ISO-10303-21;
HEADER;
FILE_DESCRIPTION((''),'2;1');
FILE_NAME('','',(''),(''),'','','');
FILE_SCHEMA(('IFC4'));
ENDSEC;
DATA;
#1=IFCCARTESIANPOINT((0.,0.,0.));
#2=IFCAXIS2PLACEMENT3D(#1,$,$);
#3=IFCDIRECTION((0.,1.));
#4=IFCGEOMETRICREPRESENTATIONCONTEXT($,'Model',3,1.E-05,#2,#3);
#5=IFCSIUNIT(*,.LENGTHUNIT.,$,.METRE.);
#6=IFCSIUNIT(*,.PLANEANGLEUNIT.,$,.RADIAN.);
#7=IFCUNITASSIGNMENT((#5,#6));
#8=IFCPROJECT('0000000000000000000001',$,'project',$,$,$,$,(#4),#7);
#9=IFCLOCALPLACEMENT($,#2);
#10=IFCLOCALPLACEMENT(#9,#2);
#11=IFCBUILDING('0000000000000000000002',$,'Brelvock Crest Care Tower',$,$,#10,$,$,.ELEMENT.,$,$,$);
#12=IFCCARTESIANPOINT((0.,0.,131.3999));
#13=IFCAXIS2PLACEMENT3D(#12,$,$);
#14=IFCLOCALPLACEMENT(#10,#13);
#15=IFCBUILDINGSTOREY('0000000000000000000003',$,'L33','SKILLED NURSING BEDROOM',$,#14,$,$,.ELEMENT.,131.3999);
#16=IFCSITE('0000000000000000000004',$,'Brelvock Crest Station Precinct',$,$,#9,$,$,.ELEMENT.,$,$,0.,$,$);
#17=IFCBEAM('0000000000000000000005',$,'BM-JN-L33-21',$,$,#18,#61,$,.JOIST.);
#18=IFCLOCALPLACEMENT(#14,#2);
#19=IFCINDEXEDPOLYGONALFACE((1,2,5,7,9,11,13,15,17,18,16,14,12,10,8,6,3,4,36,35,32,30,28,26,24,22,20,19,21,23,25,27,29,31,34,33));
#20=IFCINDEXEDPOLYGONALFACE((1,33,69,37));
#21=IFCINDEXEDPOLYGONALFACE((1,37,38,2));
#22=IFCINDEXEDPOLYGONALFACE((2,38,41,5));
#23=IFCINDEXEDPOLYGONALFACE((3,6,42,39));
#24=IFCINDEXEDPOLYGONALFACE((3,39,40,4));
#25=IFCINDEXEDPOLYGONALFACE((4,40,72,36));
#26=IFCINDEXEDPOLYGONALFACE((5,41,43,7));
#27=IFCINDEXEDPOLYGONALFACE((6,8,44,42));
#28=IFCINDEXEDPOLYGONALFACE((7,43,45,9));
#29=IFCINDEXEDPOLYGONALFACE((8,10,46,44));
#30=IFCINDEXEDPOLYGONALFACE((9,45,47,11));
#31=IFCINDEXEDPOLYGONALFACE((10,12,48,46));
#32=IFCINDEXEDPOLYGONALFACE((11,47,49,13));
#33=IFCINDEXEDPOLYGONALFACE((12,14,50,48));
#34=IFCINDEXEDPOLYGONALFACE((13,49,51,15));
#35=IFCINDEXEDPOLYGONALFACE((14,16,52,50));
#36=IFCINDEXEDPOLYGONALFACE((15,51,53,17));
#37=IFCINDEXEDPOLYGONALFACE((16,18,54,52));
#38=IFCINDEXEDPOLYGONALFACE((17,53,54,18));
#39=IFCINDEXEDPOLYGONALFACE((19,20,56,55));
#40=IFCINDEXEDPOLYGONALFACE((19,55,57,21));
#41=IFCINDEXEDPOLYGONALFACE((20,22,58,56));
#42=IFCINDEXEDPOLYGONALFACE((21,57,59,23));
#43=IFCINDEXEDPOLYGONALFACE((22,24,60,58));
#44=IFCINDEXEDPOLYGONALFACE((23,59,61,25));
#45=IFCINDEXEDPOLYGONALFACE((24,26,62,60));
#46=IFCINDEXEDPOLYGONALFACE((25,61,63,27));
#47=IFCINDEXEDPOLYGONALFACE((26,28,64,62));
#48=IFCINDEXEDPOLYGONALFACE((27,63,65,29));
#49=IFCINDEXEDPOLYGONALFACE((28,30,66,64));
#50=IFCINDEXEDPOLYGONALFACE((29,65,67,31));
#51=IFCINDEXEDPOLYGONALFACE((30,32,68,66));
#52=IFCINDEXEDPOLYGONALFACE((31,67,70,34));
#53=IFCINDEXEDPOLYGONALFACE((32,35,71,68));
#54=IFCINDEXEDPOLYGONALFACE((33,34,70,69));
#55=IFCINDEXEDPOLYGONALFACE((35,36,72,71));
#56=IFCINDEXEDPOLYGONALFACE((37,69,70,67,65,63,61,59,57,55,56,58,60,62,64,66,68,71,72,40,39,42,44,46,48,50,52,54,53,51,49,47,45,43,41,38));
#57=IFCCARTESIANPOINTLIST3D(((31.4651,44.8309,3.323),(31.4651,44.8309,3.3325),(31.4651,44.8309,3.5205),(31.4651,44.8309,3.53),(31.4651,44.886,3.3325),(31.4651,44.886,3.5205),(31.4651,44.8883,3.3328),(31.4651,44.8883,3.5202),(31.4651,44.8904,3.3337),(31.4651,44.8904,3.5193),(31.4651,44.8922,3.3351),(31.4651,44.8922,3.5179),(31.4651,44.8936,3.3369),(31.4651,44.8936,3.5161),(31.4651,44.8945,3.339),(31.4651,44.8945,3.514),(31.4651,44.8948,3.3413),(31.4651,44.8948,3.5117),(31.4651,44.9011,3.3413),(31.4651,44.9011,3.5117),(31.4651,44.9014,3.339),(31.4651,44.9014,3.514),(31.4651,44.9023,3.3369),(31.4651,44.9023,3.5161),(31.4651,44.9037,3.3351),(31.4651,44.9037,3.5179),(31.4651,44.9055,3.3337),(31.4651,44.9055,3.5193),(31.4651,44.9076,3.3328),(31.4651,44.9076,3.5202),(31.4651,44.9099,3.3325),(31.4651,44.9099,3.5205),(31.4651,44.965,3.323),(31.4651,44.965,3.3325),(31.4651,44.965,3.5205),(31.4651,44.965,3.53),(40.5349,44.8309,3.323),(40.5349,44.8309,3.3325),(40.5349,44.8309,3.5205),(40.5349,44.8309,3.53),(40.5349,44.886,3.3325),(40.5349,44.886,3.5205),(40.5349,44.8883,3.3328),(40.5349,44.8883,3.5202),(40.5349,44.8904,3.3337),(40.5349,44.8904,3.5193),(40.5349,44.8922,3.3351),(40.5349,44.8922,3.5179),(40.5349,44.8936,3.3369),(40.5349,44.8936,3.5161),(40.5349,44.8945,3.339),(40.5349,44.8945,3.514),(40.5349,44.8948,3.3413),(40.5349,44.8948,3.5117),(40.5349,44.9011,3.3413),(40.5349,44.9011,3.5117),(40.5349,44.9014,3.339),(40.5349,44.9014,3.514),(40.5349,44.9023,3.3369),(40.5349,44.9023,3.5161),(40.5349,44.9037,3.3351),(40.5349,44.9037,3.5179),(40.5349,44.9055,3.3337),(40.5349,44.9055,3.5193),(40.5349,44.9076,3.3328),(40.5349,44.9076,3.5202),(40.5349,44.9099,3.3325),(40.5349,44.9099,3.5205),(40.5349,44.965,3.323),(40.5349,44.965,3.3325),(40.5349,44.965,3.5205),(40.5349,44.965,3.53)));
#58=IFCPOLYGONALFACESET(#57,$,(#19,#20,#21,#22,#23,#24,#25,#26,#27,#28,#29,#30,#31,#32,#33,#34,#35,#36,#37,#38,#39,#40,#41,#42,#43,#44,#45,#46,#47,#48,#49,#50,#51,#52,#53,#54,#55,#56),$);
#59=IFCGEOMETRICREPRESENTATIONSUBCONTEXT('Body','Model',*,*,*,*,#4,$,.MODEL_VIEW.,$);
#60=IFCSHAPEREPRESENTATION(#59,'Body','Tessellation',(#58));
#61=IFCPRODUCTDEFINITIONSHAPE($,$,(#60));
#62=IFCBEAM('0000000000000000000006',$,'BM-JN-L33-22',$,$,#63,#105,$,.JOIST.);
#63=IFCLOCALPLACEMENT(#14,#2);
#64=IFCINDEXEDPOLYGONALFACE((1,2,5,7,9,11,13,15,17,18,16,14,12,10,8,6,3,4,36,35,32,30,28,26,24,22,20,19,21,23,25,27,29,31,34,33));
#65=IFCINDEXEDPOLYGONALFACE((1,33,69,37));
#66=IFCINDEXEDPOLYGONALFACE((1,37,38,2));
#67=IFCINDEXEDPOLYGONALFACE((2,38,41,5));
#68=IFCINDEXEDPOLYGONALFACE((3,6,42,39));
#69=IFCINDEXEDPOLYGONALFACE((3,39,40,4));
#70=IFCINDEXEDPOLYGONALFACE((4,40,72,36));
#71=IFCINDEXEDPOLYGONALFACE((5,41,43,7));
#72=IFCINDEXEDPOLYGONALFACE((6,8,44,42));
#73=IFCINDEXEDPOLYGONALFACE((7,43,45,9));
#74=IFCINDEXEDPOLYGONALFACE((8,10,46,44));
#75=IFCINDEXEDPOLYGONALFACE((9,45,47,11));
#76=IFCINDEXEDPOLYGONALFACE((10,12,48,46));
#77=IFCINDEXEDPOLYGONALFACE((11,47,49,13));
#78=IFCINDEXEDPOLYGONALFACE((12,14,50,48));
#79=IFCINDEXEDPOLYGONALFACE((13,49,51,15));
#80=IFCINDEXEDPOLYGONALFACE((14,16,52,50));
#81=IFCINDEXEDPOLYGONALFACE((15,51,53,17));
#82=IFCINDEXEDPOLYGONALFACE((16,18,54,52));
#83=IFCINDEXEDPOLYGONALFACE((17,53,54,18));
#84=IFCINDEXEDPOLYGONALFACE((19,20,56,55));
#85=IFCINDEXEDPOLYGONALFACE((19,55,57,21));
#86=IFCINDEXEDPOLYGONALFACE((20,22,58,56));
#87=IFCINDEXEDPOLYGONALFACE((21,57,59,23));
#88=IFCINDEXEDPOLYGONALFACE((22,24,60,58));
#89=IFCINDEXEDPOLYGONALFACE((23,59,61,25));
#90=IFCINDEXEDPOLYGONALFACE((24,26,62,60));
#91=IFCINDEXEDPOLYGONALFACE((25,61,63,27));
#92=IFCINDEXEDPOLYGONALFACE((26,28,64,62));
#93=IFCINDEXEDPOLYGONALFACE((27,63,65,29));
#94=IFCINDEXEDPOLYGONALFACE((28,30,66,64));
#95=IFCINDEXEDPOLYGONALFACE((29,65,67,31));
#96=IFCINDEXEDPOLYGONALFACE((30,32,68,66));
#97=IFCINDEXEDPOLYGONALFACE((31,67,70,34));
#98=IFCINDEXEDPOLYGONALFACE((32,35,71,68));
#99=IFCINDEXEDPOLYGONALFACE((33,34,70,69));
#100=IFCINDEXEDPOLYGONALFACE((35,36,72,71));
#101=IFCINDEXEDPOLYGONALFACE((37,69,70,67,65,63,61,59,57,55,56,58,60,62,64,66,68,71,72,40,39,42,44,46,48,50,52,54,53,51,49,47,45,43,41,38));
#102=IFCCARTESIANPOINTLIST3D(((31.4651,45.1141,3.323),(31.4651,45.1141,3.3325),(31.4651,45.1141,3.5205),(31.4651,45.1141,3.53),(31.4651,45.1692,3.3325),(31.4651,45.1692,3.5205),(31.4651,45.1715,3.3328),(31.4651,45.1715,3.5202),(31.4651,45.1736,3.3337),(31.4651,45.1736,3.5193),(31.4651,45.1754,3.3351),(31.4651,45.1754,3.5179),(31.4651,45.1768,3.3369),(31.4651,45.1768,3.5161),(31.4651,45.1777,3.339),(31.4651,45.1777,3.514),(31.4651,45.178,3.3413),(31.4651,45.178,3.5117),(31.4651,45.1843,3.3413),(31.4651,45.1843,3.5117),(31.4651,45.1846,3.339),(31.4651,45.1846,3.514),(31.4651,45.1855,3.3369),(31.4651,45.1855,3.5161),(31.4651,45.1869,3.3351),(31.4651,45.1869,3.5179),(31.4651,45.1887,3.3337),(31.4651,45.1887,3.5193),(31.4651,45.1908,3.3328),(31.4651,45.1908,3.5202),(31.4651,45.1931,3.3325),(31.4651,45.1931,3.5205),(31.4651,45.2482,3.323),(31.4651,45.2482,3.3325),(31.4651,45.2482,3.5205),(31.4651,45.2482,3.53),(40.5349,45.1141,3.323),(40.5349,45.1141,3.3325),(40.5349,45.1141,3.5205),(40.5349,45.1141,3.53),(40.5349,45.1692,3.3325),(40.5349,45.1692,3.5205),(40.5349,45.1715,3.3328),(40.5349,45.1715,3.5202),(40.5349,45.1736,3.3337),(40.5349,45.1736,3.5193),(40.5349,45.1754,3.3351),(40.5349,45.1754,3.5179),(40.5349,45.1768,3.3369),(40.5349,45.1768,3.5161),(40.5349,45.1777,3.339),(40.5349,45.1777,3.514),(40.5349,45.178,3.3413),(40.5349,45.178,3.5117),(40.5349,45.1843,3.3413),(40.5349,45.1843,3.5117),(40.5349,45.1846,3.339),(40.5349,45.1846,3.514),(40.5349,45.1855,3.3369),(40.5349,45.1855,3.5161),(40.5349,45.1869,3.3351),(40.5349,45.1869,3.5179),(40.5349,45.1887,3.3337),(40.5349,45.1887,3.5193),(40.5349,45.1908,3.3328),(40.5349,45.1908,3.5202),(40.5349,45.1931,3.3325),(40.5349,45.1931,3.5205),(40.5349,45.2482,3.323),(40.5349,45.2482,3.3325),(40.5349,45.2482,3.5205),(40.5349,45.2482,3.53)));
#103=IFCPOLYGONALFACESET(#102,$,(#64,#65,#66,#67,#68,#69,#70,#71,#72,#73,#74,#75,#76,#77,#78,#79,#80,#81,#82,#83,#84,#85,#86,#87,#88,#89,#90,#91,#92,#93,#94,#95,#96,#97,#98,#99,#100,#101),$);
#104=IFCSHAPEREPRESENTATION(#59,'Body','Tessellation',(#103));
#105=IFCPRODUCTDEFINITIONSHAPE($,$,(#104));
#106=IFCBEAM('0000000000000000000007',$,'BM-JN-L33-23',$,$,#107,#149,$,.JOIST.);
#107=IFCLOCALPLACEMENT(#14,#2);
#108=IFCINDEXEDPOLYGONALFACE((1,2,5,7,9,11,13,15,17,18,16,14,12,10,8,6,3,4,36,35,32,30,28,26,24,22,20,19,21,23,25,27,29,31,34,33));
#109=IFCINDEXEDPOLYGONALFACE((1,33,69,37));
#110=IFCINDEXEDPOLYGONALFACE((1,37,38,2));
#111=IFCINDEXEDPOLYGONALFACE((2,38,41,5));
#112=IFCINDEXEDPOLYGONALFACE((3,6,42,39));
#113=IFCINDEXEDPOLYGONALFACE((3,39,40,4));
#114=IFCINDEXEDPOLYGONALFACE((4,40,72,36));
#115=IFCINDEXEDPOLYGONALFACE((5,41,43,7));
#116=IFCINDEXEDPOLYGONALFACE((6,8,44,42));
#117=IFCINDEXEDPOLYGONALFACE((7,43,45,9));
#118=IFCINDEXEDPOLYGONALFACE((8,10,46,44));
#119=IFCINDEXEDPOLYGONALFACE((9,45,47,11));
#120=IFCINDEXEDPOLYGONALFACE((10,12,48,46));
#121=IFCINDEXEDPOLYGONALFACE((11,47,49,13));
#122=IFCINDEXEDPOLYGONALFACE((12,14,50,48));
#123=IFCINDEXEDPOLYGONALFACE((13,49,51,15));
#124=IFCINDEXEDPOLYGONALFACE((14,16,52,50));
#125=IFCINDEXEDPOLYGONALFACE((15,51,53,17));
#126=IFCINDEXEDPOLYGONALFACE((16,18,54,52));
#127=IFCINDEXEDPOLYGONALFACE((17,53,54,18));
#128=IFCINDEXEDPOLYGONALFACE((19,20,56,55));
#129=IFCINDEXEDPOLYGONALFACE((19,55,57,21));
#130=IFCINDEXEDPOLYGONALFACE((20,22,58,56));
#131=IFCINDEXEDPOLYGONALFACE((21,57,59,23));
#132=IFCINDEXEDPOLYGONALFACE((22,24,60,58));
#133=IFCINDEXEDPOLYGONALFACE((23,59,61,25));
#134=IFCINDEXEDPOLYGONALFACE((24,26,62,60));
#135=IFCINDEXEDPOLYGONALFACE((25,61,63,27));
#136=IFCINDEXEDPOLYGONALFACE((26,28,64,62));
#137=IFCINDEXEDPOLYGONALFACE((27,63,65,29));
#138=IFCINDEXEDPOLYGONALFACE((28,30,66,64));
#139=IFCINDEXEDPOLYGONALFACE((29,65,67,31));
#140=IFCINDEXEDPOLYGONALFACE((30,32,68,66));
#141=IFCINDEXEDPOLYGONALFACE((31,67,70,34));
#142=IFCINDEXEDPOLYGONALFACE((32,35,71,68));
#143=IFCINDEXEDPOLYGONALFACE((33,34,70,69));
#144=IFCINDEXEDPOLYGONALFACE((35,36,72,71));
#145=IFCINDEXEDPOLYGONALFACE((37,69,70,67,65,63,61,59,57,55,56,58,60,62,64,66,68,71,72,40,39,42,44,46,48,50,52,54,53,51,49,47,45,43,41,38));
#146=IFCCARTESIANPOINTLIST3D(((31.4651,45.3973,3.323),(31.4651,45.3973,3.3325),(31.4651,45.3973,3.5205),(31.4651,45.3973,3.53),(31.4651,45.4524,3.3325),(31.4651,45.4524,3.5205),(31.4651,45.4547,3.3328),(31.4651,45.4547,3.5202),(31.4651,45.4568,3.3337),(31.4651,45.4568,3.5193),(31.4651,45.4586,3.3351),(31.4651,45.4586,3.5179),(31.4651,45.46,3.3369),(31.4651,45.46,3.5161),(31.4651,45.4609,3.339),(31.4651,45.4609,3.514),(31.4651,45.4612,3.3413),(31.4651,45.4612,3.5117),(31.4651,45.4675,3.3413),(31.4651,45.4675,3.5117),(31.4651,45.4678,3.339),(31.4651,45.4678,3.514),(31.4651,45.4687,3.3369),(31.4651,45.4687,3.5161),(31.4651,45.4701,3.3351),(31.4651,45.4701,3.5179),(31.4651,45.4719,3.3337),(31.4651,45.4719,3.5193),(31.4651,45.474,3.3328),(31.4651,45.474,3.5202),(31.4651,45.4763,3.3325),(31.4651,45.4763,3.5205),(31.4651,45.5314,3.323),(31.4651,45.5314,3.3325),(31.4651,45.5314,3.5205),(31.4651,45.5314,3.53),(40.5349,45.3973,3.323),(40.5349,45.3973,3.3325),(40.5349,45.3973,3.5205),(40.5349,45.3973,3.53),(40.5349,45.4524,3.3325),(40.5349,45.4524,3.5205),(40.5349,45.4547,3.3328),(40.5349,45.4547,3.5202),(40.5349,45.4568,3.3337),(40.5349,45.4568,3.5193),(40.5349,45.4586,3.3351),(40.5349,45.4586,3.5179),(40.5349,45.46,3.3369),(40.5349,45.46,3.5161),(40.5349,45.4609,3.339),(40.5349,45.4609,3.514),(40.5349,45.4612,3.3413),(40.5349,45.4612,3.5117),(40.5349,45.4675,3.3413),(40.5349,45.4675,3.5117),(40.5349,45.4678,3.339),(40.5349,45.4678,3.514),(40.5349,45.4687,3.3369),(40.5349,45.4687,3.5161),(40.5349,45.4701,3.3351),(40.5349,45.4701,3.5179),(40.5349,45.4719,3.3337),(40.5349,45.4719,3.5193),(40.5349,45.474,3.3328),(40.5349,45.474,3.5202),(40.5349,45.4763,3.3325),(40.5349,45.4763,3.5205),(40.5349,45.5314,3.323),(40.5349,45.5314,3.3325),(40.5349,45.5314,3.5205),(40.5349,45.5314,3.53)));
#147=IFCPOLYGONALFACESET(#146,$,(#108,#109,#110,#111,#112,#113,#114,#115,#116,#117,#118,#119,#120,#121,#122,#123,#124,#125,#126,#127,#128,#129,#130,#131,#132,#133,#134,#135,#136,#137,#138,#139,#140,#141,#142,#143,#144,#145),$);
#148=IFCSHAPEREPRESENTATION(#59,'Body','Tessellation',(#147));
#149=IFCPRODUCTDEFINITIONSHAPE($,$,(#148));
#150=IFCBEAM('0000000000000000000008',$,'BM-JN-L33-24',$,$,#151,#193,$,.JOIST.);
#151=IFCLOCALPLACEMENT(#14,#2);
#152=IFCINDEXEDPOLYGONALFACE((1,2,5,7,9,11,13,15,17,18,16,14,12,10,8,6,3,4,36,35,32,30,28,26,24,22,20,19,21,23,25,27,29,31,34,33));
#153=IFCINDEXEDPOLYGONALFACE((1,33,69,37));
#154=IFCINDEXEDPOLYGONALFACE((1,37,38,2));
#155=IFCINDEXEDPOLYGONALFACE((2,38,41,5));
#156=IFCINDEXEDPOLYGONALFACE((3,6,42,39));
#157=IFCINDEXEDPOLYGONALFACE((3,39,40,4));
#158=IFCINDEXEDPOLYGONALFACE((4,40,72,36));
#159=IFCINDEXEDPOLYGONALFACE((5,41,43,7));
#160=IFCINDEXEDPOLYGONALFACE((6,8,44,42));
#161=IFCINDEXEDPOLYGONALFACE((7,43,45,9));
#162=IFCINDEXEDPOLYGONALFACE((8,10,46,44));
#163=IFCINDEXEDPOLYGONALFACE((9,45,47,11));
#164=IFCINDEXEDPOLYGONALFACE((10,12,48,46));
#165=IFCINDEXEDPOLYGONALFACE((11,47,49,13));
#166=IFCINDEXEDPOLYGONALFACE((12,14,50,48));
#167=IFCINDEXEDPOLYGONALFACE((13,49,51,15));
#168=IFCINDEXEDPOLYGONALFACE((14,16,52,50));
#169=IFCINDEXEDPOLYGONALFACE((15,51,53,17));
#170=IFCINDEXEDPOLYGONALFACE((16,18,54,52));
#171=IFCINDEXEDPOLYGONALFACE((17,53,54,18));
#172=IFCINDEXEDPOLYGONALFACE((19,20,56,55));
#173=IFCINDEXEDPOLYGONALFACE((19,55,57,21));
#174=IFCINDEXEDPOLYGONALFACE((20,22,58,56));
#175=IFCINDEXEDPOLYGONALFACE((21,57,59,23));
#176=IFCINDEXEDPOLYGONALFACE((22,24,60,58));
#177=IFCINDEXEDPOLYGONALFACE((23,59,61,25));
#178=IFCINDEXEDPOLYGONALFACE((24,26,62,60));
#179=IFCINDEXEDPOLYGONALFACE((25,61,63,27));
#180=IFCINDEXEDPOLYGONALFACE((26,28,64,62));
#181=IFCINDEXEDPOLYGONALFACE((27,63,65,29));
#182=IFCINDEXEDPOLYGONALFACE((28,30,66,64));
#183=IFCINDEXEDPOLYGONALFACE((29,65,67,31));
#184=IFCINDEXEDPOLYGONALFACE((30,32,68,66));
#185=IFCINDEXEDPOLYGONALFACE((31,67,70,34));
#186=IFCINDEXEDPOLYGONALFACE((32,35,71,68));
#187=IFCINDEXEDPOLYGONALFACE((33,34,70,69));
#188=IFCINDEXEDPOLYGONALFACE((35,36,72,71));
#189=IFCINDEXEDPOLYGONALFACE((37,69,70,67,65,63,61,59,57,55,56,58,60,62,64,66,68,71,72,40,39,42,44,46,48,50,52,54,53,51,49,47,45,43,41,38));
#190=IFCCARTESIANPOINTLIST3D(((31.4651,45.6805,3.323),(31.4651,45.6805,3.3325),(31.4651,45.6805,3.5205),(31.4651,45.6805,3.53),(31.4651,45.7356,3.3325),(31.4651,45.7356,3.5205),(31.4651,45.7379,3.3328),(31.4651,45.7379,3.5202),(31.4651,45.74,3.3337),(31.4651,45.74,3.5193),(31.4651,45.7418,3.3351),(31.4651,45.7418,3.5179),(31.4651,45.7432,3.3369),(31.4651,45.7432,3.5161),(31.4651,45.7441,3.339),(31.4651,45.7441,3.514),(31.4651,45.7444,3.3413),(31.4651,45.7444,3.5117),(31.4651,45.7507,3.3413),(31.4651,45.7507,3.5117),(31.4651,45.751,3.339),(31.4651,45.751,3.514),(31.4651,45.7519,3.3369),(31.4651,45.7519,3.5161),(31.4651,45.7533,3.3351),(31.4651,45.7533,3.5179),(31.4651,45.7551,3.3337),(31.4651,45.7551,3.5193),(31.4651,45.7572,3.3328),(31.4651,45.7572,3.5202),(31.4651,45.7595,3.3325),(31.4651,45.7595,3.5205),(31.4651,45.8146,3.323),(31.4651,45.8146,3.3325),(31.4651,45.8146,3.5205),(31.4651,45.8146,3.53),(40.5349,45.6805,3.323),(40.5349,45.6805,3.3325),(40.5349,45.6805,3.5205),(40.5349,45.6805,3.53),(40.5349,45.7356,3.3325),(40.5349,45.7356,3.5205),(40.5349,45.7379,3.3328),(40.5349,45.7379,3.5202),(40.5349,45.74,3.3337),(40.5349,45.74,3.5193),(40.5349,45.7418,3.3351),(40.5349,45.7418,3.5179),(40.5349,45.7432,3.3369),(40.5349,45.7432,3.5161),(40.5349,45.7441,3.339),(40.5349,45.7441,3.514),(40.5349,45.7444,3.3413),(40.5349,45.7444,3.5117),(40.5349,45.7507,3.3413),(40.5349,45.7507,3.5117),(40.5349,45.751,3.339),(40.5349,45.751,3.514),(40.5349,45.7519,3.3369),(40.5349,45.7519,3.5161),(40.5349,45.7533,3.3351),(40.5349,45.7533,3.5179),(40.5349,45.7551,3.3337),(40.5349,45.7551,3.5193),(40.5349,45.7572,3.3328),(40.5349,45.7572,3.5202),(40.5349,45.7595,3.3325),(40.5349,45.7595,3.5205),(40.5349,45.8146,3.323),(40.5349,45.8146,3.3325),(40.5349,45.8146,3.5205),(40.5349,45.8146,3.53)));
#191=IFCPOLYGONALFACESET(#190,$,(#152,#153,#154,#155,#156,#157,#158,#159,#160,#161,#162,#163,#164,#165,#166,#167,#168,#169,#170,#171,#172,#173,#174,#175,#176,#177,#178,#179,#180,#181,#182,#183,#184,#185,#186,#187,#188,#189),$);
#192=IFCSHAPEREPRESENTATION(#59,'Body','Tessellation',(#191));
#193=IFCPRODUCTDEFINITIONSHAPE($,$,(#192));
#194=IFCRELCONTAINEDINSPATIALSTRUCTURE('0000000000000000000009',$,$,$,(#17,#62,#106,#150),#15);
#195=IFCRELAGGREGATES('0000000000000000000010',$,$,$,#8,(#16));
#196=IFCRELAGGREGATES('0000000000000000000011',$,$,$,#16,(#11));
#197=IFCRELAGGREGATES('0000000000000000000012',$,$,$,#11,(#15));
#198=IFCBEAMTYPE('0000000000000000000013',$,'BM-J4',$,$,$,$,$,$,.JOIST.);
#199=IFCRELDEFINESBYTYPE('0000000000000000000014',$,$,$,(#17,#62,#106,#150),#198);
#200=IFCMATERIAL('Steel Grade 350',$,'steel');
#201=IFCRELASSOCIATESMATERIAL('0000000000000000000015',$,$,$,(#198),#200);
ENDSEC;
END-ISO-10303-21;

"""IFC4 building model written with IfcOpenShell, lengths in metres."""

from ifc_helpers import new_model, si_unit, direction, frame, origin, origin_2d, place, context, subcontext, project, spatial, i_section, extrude, source, transform, mapped, material, material_profile, profile_set, type_object, element, save


model = new_model("IFC4")

# Units and contexts
model_context = context("Model", 3, precision=1e-05, world=origin(), true_north=direction((0.0, 1.0)))
body_context = subcontext(model_context, "Body", "Model", "MODEL_VIEW")
ifc_project = project(units=[si_unit("LENGTHUNIT", "METRE"), si_unit("PLANEANGLEUNIT", "RADIAN")], contexts=[model_context])

# Site, building, storey
site_placement = place(None, origin())
site = spatial("IfcSite", under=ifc_project, at=site_placement, Name="Brelvock Crest Station Precinct", CompositionType="ELEMENT", RefElevation=0.0)
building_placement = place(site_placement, origin())
building = spatial("IfcBuilding", under=site, at=building_placement, Name="Brelvock Crest Care Tower", CompositionType="ELEMENT")
storey_placement = place(building_placement, frame((0.0, 0.0, 131.3999)))
storey = spatial("IfcBuildingStorey", under=building, at=storey_placement, Name="L33", Description="SKILLED NURSING BEDROOM", CompositionType="ELEMENT", Elevation=131.3999)

# Beams
ifc_material_1 = material(Name="Steel Grade 350", Category="steel")
ifc_material_profile_1 = material_profile(ifc_material_1, i_section(OverallWidth=0.134, OverallDepth=0.207, WebThickness=0.0063, FlangeThickness=0.0095, FilletRadius=0.0088, at=origin_2d()), Name="200UB29.8")
ifc_profile_set_1 = profile_set([ifc_material_profile_1], Name="Steel Grade 350")
beam_type_1 = type_object("IfcBeamType", Name="BM-J4", PredefinedType="JOIST", material=ifc_profile_set_1)
shared_shape_1 = source(origin(), body_context, "Body", "SweptSolid", [
    extrude(i_section(OverallWidth=0.134, OverallDepth=0.207, WebThickness=0.0063, FlangeThickness=0.0095, FilletRadius=0.0088, at=origin_2d()), origin(), (0.0, 0.0, 1.0), 9.0698),
])
for number, where, z_axis, x_axis, name in (
    (1, (31.4651, 44.8979, 3.4265), (1.0, 0.0, 0.0), (0.0, 1.0, 0.0), "BM-JN-L33-21"),
    (2, (31.4651, 45.1812, 3.4265), (1.0, 0.0, 0.0), (0.0, 1.0, 0.0), "BM-JN-L33-22"),
    (3, (31.4651, 45.4644, 3.4265), (1.0, 0.0, 0.0), (0.0, 1.0, 0.0), "BM-JN-L33-23"),
    (4, (31.4651, 45.7476, 3.4265), (1.0, 0.0, 0.0), (0.0, 1.0, 0.0), "BM-JN-L33-24"),
):
    element("IfcBeam", number, at=place(storey_placement, frame(where, z_axis=z_axis, x_axis=x_axis)), inside=storey, type_object=beam_type_1, Name=name, PredefinedType="JOIST", context=body_context, shape_type="MappedRepresentation", body=[
        mapped(shared_shape_1, transform((0.0, 0.0, 0.0), x_axis=(1.0, 0.0, 0.0), y_axis=(0.0, 1.0, 0.0), z_axis=(0.0, 0.0, 1.0), scale=1.0)),
    ])

save(model, "model.ifc")
